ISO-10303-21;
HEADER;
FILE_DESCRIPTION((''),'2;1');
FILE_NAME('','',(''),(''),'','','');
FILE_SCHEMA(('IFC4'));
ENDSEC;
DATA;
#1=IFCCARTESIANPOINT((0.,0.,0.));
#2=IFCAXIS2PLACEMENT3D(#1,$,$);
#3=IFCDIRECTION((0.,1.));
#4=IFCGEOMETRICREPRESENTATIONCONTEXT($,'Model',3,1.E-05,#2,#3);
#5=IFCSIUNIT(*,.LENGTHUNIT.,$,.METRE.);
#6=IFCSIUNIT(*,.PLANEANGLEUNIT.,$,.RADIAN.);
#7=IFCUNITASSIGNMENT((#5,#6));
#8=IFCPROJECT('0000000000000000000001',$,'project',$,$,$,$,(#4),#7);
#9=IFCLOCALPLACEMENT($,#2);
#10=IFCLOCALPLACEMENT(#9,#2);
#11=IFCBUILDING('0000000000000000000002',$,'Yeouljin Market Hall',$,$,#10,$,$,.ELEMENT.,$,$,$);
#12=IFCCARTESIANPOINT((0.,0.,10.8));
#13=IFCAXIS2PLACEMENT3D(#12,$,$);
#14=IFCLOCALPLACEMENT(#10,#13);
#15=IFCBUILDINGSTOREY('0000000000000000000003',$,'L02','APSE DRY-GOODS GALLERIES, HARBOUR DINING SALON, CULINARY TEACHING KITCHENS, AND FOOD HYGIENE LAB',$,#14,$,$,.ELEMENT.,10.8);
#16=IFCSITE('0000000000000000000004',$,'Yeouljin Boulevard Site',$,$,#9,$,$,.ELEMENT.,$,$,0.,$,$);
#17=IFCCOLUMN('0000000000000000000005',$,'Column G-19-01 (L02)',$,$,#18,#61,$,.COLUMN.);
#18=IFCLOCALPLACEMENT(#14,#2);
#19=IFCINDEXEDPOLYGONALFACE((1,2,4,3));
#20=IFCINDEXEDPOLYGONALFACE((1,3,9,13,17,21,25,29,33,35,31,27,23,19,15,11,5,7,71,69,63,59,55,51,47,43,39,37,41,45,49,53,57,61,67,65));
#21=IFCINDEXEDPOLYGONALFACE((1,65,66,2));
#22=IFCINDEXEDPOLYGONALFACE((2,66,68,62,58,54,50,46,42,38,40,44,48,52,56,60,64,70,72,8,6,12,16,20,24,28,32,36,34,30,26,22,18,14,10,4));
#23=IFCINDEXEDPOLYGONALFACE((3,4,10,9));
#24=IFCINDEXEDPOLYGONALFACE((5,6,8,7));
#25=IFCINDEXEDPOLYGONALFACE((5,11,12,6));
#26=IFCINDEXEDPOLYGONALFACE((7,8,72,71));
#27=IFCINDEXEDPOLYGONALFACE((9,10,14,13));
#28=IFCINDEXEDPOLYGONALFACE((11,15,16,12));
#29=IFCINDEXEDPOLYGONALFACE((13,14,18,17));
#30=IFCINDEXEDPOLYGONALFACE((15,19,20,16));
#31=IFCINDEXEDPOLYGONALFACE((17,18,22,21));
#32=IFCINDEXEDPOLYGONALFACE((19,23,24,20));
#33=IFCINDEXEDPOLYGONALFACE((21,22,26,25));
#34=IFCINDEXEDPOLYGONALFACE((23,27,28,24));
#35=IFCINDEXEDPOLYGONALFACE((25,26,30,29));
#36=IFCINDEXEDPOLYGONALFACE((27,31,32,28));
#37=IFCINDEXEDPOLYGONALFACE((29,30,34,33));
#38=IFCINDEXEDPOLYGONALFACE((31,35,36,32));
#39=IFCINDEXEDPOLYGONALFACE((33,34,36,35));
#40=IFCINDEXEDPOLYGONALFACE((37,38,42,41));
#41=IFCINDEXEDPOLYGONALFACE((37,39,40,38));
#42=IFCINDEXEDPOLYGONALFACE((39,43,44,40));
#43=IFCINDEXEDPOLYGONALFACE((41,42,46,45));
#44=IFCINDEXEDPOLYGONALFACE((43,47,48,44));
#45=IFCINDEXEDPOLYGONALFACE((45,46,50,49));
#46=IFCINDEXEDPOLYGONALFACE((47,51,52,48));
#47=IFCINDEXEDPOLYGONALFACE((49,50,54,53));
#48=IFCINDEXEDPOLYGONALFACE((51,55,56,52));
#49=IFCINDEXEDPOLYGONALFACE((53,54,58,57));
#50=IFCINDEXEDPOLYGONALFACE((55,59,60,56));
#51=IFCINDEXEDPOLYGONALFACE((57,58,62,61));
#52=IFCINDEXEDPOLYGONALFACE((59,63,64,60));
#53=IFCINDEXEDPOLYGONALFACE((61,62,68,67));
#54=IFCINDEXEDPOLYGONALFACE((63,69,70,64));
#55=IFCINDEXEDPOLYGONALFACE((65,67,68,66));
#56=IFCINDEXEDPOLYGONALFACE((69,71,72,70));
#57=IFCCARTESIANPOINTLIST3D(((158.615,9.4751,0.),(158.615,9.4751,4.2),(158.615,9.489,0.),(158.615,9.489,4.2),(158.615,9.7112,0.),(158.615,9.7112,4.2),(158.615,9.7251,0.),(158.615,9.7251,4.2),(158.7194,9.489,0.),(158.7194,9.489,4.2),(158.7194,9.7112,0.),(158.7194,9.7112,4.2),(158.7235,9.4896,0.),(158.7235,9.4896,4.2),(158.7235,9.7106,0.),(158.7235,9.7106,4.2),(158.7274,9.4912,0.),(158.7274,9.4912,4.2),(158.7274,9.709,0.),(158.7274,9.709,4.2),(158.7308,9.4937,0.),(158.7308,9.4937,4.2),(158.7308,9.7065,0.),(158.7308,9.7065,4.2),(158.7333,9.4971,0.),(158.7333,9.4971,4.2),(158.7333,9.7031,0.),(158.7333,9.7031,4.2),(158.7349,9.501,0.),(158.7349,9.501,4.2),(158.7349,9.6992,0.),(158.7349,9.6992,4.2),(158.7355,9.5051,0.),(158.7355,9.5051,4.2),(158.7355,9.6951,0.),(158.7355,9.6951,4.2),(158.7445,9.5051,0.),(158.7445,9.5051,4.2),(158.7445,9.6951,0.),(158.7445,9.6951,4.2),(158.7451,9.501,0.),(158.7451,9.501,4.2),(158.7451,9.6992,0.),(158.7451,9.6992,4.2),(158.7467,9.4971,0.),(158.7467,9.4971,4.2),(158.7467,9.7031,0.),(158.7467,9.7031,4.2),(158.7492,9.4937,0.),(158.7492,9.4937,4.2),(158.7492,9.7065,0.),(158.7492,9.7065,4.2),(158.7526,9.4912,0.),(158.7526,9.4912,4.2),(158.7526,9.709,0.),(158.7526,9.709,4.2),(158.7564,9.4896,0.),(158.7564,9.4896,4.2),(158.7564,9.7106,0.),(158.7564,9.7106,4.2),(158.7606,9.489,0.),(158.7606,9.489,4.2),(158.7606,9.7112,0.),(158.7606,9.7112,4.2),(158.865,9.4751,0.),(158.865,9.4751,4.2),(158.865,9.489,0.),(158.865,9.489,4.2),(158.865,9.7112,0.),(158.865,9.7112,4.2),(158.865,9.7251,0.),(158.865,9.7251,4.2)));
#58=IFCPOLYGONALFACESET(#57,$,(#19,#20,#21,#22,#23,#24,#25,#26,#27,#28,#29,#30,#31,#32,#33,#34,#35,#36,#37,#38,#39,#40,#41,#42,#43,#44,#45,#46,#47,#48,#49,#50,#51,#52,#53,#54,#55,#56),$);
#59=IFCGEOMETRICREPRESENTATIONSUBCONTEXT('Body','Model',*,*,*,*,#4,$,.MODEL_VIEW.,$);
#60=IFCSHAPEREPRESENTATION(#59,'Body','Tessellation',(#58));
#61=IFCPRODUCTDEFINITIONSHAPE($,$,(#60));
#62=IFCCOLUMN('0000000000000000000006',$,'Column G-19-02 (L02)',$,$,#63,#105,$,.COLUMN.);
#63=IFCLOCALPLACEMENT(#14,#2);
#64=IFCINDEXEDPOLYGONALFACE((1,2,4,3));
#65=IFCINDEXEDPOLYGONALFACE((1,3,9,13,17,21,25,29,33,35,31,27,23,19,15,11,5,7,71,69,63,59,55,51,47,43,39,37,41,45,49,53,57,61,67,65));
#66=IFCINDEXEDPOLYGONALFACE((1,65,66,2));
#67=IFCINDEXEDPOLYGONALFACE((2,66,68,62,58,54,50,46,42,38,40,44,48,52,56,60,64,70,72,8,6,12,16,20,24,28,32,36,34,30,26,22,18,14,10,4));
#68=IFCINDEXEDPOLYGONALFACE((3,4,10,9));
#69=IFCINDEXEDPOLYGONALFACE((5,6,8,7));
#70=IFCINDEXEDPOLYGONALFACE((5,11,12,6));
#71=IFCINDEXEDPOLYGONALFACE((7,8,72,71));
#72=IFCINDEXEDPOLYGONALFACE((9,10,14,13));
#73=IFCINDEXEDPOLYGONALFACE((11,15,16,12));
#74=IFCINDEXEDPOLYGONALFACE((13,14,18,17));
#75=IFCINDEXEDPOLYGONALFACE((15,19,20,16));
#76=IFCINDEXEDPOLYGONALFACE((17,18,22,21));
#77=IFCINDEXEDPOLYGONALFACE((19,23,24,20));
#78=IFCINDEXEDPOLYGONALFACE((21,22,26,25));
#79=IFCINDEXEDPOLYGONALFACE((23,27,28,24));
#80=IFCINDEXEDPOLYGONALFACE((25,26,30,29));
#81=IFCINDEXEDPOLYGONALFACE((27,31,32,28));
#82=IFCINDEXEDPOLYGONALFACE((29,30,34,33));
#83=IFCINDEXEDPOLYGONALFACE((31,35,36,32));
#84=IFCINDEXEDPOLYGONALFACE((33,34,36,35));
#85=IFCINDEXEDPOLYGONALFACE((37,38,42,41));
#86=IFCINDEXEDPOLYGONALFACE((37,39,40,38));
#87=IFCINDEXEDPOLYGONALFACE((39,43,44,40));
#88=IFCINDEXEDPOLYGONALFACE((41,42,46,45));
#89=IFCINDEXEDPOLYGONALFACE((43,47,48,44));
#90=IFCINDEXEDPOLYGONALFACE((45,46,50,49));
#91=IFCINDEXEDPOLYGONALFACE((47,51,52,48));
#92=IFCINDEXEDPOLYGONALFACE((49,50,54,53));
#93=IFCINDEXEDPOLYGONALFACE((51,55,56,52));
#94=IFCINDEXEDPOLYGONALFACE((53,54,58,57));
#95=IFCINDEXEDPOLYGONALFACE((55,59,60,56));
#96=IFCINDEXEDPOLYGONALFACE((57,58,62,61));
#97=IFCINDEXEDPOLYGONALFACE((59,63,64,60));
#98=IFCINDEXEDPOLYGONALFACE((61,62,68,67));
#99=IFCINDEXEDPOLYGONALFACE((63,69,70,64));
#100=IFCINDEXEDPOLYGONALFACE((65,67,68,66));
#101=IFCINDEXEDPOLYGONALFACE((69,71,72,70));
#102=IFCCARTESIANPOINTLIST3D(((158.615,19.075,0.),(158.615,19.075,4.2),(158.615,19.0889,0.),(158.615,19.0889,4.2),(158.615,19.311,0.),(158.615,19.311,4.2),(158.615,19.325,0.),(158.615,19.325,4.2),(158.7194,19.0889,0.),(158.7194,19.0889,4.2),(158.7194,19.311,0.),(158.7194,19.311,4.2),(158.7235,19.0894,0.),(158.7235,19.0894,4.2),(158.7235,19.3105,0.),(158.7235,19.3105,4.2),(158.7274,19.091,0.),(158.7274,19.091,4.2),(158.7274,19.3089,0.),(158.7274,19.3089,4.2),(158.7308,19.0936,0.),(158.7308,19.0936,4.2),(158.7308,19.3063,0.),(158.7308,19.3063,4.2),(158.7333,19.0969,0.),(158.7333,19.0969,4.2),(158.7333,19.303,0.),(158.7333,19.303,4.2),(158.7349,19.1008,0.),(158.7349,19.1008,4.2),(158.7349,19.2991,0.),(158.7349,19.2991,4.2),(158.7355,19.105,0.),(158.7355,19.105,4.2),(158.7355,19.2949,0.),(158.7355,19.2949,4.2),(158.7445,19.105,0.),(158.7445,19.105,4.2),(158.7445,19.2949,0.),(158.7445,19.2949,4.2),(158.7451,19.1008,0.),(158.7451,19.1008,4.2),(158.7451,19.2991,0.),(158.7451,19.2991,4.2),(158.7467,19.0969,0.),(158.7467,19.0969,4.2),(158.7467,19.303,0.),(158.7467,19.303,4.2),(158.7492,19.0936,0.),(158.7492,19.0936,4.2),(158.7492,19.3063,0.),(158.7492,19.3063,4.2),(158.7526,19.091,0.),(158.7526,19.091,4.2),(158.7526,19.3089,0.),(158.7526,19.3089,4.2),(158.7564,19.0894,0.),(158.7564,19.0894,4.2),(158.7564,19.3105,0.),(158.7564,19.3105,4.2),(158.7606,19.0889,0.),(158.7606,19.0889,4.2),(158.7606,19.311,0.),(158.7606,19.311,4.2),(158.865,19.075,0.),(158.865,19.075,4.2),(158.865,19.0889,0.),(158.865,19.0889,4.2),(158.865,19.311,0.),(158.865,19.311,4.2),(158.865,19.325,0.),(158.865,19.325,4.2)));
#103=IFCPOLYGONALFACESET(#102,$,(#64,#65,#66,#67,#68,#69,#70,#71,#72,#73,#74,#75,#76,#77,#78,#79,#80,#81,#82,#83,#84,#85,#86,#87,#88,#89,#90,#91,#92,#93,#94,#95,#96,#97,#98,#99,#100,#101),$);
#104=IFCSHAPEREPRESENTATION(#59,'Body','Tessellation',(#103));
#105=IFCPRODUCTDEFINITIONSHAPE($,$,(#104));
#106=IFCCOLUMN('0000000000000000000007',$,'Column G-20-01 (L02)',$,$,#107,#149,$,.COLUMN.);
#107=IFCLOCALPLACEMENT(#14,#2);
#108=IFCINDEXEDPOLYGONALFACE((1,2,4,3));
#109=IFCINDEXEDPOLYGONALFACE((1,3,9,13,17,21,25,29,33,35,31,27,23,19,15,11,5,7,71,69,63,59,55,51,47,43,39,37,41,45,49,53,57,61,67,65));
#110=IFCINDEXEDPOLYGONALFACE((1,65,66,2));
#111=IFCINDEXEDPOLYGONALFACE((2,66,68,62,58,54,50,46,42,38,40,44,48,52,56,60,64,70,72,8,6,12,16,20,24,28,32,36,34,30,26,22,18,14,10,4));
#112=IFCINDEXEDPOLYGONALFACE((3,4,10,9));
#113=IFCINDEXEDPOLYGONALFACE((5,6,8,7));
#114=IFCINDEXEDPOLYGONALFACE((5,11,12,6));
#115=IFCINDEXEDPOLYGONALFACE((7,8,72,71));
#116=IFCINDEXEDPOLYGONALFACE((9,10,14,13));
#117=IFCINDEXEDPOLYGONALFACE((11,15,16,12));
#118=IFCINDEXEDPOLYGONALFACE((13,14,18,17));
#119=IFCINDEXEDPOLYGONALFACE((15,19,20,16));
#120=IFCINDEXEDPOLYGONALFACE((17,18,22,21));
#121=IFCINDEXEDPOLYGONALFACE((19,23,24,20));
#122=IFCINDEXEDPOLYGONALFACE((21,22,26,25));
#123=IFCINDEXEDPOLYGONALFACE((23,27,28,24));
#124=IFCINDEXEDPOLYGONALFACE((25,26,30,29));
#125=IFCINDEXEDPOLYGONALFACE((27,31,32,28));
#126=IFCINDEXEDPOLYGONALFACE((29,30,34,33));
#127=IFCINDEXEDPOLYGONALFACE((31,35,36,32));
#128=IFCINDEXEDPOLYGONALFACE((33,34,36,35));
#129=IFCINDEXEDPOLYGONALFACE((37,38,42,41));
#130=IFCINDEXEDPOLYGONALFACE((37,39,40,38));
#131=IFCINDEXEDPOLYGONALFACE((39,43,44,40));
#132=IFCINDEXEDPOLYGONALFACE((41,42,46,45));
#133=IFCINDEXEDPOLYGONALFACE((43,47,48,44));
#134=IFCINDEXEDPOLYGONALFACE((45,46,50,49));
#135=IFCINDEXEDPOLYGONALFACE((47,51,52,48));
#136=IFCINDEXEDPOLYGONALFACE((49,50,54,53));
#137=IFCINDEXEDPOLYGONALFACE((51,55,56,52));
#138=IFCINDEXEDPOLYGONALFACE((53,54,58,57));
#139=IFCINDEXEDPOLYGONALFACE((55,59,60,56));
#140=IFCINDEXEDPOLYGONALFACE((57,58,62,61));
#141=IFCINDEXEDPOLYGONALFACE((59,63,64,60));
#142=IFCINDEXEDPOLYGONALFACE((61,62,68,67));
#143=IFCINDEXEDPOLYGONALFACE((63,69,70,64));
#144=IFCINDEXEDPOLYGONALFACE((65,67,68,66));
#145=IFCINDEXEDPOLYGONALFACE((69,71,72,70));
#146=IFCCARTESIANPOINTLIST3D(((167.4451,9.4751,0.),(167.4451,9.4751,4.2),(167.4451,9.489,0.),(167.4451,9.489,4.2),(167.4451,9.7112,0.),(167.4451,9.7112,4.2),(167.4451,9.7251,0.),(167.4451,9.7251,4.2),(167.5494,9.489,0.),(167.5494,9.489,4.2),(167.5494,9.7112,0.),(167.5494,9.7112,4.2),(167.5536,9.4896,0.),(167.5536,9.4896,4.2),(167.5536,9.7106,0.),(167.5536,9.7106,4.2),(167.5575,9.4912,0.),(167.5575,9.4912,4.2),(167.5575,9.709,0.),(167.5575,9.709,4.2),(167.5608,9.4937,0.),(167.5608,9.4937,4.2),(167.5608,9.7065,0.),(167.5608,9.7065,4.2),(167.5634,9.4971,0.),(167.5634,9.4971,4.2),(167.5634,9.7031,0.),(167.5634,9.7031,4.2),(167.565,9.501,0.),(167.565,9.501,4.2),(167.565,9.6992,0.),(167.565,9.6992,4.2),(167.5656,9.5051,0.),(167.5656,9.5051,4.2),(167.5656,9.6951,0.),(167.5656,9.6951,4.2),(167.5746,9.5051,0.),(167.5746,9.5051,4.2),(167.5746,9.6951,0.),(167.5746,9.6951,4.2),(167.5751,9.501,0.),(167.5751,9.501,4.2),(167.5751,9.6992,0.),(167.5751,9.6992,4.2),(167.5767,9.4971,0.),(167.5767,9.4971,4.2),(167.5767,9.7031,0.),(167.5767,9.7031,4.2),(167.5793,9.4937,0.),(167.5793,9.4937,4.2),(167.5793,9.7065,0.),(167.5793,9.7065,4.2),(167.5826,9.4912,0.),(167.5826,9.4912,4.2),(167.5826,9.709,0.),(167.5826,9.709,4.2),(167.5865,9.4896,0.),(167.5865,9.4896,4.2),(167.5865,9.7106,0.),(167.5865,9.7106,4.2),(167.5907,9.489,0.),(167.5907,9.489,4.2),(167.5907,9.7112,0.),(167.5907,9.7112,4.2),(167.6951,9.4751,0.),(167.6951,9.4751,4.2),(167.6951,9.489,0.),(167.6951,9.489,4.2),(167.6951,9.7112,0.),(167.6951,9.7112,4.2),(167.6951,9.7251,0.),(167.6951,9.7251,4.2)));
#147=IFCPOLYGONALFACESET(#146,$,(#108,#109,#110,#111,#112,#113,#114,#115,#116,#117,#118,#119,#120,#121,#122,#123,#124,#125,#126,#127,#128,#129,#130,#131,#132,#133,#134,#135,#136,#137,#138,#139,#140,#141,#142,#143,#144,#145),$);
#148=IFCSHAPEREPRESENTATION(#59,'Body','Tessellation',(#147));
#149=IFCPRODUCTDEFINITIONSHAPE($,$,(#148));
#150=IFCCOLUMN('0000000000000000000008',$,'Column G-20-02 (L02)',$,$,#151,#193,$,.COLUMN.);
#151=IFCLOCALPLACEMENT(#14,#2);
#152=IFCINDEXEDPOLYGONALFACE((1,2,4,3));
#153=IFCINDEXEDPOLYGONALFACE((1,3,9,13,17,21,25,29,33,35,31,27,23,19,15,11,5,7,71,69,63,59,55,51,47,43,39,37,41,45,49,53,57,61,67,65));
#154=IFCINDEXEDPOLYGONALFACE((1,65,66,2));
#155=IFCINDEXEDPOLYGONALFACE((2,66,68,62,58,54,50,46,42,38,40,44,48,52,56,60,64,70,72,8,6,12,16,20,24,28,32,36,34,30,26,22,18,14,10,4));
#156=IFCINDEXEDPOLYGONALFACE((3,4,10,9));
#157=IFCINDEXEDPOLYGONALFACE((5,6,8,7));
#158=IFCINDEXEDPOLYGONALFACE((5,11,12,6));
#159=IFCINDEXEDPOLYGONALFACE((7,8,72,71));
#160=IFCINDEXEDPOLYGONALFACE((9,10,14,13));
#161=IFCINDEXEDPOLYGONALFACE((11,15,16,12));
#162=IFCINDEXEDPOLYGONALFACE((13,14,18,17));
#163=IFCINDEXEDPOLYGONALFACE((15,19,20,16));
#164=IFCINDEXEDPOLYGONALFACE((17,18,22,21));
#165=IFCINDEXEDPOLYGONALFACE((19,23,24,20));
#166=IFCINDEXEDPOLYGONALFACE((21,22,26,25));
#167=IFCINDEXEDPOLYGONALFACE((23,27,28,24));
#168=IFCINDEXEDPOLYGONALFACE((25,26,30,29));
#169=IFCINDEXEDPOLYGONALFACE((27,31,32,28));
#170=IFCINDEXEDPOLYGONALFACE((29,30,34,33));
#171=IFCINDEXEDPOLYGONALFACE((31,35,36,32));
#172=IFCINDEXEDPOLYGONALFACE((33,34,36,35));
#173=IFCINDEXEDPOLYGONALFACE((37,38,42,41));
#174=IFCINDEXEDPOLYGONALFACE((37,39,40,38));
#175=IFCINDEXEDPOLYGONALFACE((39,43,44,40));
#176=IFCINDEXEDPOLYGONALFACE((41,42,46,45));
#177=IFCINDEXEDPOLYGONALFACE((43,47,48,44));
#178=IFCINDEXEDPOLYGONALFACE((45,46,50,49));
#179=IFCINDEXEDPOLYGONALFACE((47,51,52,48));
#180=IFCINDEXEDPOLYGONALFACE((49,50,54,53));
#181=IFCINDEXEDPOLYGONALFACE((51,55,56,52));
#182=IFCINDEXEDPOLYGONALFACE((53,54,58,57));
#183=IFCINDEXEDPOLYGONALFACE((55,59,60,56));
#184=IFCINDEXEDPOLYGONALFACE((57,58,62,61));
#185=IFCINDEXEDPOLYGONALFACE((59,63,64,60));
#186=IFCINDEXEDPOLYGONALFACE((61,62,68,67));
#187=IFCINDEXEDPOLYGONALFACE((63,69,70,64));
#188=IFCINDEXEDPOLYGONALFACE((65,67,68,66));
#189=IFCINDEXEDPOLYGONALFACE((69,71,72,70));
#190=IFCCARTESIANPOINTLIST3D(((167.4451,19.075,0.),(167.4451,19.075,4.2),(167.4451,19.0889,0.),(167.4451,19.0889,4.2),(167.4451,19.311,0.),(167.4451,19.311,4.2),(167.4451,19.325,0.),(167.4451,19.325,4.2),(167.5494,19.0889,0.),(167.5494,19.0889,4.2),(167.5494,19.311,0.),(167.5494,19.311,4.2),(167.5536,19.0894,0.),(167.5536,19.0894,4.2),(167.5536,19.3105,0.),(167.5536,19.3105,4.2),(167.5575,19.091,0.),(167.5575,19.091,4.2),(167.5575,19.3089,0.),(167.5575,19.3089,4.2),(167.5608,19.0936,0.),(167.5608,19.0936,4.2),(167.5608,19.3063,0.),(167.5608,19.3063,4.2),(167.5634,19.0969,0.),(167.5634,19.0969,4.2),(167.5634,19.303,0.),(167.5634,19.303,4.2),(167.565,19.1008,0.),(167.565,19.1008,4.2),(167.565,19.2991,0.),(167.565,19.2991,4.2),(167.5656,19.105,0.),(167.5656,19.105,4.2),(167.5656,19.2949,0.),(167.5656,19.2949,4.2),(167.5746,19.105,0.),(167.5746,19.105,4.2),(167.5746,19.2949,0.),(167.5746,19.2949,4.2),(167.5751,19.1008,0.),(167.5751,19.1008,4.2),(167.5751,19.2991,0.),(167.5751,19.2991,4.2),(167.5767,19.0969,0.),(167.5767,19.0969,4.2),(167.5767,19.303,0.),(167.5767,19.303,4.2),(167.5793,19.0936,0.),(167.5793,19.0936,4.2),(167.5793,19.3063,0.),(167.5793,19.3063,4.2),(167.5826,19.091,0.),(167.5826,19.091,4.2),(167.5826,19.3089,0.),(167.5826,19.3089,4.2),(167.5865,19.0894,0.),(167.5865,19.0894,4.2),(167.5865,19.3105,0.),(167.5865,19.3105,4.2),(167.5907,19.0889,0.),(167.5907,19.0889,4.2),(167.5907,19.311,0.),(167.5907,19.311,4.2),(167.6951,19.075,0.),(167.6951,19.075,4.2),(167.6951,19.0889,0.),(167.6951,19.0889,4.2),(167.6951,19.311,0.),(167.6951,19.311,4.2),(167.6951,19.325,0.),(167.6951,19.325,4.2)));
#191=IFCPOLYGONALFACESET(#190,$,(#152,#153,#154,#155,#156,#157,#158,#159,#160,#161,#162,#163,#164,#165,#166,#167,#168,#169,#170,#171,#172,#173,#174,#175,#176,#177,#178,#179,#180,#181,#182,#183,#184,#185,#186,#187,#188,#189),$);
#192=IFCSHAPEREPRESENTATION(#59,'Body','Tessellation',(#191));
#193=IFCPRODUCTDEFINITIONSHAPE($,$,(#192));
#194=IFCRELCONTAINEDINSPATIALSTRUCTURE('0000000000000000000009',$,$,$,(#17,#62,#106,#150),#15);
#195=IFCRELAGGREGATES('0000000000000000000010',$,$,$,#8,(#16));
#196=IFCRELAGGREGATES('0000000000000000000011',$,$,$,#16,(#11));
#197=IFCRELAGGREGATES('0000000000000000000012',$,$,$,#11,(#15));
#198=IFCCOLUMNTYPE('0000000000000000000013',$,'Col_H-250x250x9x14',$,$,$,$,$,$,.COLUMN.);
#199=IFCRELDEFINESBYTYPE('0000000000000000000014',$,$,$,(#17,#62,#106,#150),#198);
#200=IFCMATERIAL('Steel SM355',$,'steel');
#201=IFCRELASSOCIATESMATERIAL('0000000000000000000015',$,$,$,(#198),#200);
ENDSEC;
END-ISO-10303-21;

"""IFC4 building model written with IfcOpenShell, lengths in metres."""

from ifc_helpers import new_model, si_unit, direction, frame, origin, origin_2d, place, context, subcontext, project, spatial, i_section, extrude, material, material_profile, profile_set, type_object, element, save


model = new_model("IFC4")

# Units and contexts
model_context = context("Model", 3, precision=1e-05, world=origin(), true_north=direction((0.0, 1.0)))
body_context = subcontext(model_context, "Body", "Model", "MODEL_VIEW")
ifc_project = project(units=[si_unit("LENGTHUNIT", "METRE"), si_unit("PLANEANGLEUNIT", "RADIAN")], contexts=[model_context])

# Site, building, storey
site_placement = place(None, origin())
site = spatial("IfcSite", under=ifc_project, at=site_placement, Name="Yeouljin Boulevard Site", CompositionType="ELEMENT", RefElevation=0.0)
building_placement = place(site_placement, origin())
building = spatial("IfcBuilding", under=site, at=building_placement, Name="Yeouljin Market Hall", CompositionType="ELEMENT")
storey_placement = place(building_placement, frame((0.0, 0.0, 10.8)))
storey = spatial("IfcBuildingStorey", under=building, at=storey_placement, Name="L02", Description="APSE DRY-GOODS GALLERIES, HARBOUR DINING SALON, CULINARY TEACHING KITCHENS, AND FOOD HYGIENE LAB", CompositionType="ELEMENT", Elevation=10.8)

# Columns
ifc_material_1 = material(Name="Steel SM355", Category="steel")
ifc_material_profile_1 = material_profile(ifc_material_1, i_section(OverallWidth=0.25, OverallDepth=0.25, WebThickness=0.009, FlangeThickness=0.0139, FilletRadius=0.0161, at=origin_2d()), Name="H-250x250x9x14")
ifc_profile_set_1 = profile_set([ifc_material_profile_1], Name="Steel SM355")
column_type = type_object("IfcColumnType", Name="Col_H-250x250x9x14", PredefinedType="COLUMN", material=ifc_profile_set_1)
for number, where, z_axis, x_axis, name in (
    (1, (158.74, 9.6001, 0.0), (0.0, 0.0, 1.0), (1.0, 0.0, 0.0), "Column G-19-01 (L02)"),
    (2, (158.74, 19.2, 0.0), (0.0, 0.0, 1.0), (1.0, 0.0, 0.0), "Column G-19-02 (L02)"),
    (3, (167.5701, 9.6001, 0.0), (0.0, 0.0, 1.0), (1.0, 0.0, 0.0), "Column G-20-01 (L02)"),
    (4, (167.5701, 19.2, 0.0), (0.0, 0.0, 1.0), (1.0, 0.0, 0.0), "Column G-20-02 (L02)"),
):
    element("IfcColumn", number, at=place(storey_placement, frame(where, z_axis=z_axis, x_axis=x_axis)), inside=storey, type_object=column_type, Name=name, PredefinedType="COLUMN", context=body_context, shape_type="SweptSolid", body=[
        extrude(i_section(OverallWidth=0.25, OverallDepth=0.25, WebThickness=0.009, FlangeThickness=0.0139, FilletRadius=0.0161, at=origin_2d()), origin(), (0.0, 0.0, 1.0), 4.2),
    ])

save(model, "model.ifc")
